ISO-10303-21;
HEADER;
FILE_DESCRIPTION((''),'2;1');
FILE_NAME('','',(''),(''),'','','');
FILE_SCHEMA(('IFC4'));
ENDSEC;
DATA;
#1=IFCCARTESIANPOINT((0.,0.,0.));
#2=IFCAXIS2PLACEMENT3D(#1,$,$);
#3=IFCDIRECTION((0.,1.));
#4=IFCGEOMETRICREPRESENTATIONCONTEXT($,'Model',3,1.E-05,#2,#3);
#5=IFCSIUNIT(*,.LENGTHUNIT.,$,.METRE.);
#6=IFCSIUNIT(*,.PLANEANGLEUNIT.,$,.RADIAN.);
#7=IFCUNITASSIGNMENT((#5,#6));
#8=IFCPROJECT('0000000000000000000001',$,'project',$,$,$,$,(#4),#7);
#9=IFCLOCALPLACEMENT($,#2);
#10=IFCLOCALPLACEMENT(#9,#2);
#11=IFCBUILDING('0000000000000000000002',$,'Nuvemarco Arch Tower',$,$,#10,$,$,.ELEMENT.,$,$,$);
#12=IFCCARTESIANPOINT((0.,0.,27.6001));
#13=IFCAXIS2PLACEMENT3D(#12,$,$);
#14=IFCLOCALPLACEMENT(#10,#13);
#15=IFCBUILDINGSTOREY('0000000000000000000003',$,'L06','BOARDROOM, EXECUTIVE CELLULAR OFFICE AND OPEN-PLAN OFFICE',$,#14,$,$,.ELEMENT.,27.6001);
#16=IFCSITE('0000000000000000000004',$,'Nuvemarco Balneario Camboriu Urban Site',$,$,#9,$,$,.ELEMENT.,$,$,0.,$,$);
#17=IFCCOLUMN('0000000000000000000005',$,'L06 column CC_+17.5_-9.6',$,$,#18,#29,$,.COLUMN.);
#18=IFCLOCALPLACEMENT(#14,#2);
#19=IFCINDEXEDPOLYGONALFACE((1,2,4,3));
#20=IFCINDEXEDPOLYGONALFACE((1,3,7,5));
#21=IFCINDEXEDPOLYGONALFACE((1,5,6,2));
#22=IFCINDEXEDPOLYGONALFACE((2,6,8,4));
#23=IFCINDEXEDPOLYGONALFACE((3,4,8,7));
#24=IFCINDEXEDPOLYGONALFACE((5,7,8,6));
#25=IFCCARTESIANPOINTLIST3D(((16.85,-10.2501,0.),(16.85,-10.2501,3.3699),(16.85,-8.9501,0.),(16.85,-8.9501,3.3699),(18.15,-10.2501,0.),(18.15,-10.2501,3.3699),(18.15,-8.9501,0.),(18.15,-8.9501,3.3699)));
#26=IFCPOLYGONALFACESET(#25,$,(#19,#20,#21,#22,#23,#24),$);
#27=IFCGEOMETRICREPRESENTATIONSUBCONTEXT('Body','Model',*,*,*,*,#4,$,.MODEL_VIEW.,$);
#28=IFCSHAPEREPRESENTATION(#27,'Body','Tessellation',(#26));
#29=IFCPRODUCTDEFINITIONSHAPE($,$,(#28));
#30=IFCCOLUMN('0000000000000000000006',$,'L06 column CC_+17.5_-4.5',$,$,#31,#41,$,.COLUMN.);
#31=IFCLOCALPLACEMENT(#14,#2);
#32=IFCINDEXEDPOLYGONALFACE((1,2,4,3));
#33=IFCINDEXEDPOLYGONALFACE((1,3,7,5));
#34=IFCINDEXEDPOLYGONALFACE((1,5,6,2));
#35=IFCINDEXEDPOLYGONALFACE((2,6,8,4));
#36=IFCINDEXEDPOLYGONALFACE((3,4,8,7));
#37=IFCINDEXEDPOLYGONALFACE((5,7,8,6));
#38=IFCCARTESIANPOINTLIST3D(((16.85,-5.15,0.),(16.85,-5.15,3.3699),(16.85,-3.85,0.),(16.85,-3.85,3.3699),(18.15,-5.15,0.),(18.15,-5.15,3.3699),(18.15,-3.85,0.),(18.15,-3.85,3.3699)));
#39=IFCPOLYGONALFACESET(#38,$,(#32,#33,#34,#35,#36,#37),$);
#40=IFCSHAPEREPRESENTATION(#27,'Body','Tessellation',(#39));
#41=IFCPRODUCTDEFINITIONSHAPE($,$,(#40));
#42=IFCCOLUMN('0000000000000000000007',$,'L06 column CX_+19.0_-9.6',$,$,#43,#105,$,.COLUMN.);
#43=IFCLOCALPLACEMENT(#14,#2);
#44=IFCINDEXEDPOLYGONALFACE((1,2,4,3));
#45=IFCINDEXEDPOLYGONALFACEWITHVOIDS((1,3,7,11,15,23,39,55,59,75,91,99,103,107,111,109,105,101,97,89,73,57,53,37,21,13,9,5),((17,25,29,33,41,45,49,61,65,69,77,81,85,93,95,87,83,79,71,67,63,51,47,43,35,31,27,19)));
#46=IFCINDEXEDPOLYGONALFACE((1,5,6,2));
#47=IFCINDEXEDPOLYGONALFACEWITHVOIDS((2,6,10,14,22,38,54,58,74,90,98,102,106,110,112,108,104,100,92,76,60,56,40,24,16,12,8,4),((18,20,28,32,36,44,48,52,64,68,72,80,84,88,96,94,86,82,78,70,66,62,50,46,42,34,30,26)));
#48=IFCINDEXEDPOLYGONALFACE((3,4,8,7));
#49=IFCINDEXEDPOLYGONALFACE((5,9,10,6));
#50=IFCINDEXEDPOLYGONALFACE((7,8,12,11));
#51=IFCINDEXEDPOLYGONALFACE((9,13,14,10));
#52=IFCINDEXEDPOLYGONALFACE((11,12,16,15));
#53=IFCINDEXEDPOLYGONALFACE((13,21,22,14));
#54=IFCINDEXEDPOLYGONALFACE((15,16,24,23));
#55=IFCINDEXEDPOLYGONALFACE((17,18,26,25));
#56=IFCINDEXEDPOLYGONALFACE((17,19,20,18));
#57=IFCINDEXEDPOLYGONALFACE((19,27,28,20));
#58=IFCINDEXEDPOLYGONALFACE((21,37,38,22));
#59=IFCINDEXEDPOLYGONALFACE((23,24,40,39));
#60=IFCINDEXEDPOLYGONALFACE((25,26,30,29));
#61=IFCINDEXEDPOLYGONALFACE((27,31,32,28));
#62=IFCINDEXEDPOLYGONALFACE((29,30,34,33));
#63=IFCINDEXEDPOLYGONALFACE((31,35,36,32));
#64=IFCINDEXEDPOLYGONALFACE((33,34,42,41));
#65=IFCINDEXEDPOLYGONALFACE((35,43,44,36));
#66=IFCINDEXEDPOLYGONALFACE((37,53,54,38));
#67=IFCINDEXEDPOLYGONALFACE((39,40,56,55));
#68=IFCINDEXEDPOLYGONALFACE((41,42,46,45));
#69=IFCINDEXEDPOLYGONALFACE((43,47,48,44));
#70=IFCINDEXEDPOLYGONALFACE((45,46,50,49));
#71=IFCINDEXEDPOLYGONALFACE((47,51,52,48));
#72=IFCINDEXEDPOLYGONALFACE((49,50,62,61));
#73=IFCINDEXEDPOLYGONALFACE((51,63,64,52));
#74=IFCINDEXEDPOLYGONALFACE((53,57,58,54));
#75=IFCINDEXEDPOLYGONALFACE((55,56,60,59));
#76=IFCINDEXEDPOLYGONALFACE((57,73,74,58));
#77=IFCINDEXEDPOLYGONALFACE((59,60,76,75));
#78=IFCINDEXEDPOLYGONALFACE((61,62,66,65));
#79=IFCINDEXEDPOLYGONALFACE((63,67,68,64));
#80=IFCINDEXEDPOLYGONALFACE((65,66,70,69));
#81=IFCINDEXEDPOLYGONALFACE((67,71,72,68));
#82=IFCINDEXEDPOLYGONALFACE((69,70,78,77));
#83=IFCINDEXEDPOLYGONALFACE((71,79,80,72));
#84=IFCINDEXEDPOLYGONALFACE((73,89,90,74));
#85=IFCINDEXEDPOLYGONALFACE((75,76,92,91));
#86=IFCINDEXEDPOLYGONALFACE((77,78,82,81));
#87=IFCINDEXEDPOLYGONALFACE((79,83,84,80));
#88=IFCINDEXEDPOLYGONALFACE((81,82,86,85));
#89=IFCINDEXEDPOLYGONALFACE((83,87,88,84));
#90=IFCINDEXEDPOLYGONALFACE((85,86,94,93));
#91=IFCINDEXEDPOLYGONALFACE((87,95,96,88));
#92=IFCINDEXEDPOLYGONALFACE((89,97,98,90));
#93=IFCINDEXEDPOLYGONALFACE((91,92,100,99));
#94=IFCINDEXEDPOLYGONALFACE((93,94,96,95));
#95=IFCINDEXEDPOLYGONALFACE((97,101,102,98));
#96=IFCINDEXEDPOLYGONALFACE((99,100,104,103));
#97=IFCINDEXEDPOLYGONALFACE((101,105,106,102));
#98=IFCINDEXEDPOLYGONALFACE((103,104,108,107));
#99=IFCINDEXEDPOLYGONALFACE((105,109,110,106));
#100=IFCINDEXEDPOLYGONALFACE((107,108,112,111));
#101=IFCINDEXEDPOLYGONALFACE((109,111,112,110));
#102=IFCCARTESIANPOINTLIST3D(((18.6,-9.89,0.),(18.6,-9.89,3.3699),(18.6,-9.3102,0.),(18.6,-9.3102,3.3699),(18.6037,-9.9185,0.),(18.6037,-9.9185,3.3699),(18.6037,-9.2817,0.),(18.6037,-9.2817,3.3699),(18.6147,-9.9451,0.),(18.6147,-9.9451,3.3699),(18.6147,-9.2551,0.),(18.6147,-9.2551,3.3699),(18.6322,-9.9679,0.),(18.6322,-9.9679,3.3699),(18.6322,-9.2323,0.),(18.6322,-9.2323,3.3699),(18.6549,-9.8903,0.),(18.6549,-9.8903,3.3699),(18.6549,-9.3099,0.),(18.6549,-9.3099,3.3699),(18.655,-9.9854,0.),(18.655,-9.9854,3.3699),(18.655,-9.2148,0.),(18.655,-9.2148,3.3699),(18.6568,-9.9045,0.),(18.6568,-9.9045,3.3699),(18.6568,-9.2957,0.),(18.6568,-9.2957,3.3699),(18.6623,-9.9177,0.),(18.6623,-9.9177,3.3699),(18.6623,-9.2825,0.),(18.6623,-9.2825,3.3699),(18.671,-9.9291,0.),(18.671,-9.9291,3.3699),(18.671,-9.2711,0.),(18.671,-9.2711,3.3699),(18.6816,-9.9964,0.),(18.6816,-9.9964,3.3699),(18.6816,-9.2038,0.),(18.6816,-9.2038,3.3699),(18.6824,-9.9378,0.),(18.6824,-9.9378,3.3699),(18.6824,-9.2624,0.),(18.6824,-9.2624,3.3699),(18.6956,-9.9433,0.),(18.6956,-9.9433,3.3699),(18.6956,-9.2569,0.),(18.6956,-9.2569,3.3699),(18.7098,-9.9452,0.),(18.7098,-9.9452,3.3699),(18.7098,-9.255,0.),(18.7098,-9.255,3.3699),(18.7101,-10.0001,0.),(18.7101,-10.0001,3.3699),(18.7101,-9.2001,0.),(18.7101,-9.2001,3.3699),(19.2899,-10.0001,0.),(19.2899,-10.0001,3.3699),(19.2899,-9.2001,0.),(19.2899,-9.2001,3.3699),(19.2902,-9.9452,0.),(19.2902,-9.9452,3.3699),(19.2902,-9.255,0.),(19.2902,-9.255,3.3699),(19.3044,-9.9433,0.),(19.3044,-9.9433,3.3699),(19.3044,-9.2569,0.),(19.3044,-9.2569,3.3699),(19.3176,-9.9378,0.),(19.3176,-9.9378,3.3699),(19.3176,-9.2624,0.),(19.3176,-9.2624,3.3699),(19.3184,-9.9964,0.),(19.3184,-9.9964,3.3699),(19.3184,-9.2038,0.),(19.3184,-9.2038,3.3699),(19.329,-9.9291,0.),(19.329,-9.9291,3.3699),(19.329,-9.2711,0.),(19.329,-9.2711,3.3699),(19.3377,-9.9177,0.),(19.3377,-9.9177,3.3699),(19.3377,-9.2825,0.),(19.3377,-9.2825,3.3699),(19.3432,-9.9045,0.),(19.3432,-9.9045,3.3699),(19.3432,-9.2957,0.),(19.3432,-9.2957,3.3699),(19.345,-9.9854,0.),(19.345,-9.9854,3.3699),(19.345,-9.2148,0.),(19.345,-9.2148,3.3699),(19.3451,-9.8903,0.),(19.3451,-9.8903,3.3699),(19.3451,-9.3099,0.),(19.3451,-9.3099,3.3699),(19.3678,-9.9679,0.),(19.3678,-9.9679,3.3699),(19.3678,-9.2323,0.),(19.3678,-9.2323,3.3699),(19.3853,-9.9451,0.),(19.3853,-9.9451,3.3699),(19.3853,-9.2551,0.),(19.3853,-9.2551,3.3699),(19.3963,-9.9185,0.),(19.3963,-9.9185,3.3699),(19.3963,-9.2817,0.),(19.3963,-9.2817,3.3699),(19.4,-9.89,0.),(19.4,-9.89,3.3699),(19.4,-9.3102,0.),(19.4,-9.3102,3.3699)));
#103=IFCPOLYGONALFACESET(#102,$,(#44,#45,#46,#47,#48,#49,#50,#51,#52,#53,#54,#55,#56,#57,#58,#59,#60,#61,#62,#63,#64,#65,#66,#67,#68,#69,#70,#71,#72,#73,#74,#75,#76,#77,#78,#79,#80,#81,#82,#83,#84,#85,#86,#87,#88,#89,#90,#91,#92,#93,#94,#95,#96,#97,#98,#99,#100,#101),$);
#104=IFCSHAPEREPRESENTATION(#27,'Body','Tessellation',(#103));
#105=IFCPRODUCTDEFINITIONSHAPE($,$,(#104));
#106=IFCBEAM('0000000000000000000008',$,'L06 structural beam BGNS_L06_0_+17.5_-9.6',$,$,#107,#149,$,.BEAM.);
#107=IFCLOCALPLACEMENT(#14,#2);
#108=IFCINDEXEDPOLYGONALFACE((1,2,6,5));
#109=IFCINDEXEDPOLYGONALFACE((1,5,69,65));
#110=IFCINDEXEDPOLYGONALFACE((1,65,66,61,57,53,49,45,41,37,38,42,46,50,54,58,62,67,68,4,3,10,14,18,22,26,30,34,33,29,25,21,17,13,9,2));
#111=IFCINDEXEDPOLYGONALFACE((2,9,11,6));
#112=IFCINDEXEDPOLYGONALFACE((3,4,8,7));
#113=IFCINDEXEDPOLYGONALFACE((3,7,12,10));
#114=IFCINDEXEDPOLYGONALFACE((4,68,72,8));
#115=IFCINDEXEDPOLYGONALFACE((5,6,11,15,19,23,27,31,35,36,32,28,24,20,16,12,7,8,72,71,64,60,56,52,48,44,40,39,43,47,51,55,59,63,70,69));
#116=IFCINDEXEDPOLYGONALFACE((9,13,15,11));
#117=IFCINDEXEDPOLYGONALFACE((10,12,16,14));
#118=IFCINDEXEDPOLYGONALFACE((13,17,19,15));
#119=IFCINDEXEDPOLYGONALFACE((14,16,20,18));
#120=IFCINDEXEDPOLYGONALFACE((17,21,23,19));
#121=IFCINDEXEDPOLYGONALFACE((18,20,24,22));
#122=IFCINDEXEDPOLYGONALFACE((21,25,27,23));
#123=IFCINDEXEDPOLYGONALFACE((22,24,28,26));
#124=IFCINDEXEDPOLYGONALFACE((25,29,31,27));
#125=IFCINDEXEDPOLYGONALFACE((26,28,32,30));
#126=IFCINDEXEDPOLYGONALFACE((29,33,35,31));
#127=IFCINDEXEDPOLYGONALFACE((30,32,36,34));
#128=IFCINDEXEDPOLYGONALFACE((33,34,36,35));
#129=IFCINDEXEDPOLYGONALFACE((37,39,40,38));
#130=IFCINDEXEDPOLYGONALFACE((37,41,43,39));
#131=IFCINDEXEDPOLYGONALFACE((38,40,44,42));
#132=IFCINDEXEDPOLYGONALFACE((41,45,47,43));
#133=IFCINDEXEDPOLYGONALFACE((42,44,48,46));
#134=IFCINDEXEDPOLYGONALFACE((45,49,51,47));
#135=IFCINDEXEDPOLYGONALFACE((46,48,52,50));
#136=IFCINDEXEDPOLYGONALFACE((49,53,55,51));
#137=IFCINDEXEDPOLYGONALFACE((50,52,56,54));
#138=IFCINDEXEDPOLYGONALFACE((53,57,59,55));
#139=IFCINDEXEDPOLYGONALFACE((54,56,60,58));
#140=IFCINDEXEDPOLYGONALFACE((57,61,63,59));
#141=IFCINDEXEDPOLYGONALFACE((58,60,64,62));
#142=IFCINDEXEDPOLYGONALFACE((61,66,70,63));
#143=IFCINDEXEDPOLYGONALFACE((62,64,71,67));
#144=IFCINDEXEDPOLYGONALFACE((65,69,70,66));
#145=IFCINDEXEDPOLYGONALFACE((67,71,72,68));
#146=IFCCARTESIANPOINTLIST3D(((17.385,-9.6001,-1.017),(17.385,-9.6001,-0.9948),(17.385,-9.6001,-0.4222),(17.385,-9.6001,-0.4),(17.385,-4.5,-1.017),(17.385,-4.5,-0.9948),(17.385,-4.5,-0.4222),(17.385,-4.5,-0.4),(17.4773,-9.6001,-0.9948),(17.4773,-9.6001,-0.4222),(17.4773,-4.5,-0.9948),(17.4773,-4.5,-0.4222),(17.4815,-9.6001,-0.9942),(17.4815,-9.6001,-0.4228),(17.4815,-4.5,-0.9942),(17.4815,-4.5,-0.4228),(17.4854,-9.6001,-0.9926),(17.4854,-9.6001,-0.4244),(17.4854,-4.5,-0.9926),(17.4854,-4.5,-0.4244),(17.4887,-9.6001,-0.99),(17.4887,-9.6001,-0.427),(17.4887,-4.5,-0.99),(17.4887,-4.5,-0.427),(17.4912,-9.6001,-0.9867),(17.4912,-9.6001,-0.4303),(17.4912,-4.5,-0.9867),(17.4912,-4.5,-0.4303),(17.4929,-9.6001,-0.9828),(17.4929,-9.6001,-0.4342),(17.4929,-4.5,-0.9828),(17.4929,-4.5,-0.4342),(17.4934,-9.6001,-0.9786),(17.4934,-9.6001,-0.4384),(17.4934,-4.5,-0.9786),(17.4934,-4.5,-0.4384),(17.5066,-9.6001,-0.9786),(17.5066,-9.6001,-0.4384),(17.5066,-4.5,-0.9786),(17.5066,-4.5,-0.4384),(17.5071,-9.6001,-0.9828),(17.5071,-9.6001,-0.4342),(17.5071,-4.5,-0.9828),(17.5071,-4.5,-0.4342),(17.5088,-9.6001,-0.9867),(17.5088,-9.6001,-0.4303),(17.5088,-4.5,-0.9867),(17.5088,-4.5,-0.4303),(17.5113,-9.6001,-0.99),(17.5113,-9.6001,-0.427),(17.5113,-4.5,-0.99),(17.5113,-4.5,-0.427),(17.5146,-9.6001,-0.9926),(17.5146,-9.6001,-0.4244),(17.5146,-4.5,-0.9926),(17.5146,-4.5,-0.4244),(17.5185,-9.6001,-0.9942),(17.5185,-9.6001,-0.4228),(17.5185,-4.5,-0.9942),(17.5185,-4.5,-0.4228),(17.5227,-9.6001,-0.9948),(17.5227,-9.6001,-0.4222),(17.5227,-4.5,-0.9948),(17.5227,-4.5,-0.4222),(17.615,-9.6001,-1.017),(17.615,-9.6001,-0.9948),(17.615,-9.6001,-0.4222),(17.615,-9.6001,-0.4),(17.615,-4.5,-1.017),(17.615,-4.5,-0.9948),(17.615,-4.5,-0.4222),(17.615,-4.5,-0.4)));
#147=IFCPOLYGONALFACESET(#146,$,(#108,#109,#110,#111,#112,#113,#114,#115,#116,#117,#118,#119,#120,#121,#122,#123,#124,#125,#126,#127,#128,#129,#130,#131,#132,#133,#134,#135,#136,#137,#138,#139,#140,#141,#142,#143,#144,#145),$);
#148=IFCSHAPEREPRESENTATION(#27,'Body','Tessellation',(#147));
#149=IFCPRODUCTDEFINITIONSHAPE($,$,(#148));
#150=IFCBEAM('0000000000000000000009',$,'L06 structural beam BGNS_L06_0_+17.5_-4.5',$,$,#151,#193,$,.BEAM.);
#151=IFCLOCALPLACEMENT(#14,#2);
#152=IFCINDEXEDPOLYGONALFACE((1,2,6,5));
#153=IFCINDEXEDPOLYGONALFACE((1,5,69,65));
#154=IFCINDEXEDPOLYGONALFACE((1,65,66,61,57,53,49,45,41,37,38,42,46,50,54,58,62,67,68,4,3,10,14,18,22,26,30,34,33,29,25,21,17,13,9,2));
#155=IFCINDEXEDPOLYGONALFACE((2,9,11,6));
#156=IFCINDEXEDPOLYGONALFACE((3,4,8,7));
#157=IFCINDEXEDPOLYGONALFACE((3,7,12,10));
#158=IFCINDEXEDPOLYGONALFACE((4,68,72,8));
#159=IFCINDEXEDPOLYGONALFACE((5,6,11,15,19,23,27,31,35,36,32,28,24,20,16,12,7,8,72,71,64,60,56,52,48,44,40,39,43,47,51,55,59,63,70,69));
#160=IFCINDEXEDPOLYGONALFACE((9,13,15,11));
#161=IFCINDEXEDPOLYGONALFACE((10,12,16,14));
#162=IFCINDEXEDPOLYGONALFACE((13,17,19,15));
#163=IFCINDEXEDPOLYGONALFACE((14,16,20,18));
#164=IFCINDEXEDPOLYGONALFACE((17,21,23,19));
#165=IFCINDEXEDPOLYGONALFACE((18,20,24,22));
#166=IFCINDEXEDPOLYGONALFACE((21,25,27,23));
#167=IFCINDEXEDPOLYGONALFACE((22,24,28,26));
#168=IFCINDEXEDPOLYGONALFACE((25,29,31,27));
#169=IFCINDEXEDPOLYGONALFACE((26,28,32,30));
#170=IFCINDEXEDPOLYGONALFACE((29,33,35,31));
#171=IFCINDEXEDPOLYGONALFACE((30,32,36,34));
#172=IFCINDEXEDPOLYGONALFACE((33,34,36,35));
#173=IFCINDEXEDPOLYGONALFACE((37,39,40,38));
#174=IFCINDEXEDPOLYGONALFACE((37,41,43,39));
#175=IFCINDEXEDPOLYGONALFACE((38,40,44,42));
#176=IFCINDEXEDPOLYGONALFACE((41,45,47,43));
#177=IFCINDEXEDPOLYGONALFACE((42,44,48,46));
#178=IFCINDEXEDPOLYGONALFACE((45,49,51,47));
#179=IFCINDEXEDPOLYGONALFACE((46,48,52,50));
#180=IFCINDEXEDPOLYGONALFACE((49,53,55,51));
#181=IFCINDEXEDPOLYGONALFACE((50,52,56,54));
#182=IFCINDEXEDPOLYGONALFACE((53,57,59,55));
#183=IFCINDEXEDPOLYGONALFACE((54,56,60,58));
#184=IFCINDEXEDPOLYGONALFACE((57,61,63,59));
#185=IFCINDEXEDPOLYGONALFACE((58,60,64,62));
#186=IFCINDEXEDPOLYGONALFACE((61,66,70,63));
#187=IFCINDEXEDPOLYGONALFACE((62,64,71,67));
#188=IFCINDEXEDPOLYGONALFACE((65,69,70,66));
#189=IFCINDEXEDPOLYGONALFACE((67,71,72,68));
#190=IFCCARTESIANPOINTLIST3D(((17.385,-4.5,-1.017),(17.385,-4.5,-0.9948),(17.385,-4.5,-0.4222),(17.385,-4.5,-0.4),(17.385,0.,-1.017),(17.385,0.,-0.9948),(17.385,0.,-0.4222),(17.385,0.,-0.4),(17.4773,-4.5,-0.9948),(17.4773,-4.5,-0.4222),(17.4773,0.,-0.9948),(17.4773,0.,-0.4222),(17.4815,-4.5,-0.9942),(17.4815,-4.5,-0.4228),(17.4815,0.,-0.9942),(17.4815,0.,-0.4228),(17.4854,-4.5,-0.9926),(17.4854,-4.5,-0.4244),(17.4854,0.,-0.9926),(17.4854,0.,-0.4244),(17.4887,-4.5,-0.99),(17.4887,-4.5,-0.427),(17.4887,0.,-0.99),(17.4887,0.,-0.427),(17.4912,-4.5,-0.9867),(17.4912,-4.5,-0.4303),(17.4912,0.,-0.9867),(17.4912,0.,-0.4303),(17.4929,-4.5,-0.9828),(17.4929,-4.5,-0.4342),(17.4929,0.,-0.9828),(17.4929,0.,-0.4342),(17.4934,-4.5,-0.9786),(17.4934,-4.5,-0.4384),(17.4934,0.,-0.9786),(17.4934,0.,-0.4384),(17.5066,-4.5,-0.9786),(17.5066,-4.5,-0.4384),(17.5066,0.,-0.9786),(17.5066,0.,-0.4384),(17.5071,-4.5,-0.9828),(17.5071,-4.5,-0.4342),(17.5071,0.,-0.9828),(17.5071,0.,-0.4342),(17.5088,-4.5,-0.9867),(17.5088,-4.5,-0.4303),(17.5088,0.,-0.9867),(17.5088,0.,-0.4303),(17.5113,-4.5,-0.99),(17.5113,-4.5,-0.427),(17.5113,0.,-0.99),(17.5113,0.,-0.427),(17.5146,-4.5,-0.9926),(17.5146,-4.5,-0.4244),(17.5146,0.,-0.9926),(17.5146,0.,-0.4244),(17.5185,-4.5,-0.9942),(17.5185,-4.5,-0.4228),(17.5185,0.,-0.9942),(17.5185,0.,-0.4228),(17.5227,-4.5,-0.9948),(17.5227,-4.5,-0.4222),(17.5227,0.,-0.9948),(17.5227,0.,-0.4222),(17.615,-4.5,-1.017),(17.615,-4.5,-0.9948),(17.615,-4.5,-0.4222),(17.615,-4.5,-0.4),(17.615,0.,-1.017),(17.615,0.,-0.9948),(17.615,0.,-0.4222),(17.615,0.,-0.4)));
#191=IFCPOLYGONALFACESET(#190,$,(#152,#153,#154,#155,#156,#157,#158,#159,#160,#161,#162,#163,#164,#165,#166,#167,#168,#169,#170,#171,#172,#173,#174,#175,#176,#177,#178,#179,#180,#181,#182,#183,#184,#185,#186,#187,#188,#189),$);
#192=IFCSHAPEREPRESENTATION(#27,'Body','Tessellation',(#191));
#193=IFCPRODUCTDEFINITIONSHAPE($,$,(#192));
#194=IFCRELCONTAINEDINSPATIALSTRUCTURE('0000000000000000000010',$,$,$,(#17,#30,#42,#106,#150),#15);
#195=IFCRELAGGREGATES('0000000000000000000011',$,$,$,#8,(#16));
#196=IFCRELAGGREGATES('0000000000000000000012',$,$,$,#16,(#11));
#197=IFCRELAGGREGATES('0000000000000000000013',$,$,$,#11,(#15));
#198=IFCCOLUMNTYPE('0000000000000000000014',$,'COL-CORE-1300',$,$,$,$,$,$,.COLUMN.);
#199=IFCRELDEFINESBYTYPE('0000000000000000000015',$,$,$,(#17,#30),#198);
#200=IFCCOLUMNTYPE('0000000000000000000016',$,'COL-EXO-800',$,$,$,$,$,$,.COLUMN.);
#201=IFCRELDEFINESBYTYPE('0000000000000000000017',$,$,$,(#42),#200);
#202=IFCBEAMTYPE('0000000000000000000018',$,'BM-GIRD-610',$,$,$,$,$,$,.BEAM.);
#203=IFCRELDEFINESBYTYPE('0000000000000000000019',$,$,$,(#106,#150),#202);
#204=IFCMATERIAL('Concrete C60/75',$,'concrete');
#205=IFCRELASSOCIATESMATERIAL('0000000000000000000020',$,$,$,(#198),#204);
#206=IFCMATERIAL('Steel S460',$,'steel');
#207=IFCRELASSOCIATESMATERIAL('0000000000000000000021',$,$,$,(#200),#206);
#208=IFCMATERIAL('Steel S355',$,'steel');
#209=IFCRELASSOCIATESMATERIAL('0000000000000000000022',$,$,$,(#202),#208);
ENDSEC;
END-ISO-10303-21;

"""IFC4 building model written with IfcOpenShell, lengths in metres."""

from ifc_helpers import new_model, si_unit, direction, frame, origin, origin_2d, place, context, subcontext, project, spatial, rectangle, hollow_rectangle, i_section, extrude, material, material_profile, profile_set, type_object, element, save


model = new_model("IFC4")

# Units and contexts
model_context = context("Model", 3, precision=1e-05, world=origin(), true_north=direction((0.0, 1.0)))
body_context = subcontext(model_context, "Body", "Model", "MODEL_VIEW")
ifc_project = project(units=[si_unit("LENGTHUNIT", "METRE"), si_unit("PLANEANGLEUNIT", "RADIAN")], contexts=[model_context])

# Site, building, storey
site_placement = place(None, origin())
site = spatial("IfcSite", under=ifc_project, at=site_placement, Name="Nuvemarco Balneario Camboriu Urban Site", CompositionType="ELEMENT", RefElevation=0.0)
building_placement = place(site_placement, origin())
building = spatial("IfcBuilding", under=site, at=building_placement, Name="Nuvemarco Arch Tower", CompositionType="ELEMENT")
storey_placement = place(building_placement, frame((0.0, 0.0, 27.6001)))
storey = spatial("IfcBuildingStorey", under=building, at=storey_placement, Name="L06", Description="BOARDROOM, EXECUTIVE CELLULAR OFFICE AND OPEN-PLAN OFFICE", CompositionType="ELEMENT", Elevation=27.6001)

# Columns
ifc_material_1 = material(Name="Concrete C60/75", Category="concrete")
ifc_material_profile_1 = material_profile(ifc_material_1, rectangle(XDim=1.3, YDim=1.3, at=origin_2d()), Name="RC-COL-1300x1300")
ifc_profile_set_1 = profile_set([ifc_material_profile_1], Name="Concrete C60/75")
column_type_1 = type_object("IfcColumnType", Name="COL-CORE-1300", PredefinedType="COLUMN", material=ifc_profile_set_1)
for number, where, z_axis, x_axis, name in (
    (1, (17.5, -9.6001, 0.0), (0.0, 0.0, 1.0), (1.0, 0.0, 0.0), "L06 column CC_+17.5_-9.6"),
    (2, (17.5, -4.5, 0.0), (0.0, 0.0, 1.0), (1.0, 0.0, 0.0), "L06 column CC_+17.5_-4.5"),
):
    element("IfcColumn", number, at=place(storey_placement, frame(where, z_axis=z_axis, x_axis=x_axis)), inside=storey, type_object=column_type_1, Name=name, PredefinedType="COLUMN", context=body_context, shape_type="SweptSolid", body=[
        extrude(rectangle(XDim=1.3, YDim=1.3, at=origin_2d()), origin(), (0.0, 0.0, 1.0), 3.3699),
    ])
ifc_material_2 = material(Name="Steel S460", Category="steel")
ifc_material_profile_2 = material_profile(ifc_material_2, hollow_rectangle(XDim=0.8, YDim=0.8, WallThickness=0.0549, InnerFilletRadius=0.0549, OuterFilletRadius=0.1101, at=origin_2d()), Name="SHS800x800x55")
ifc_profile_set_2 = profile_set([ifc_material_profile_2], Name="Steel S460")
column_type_2 = type_object("IfcColumnType", Name="COL-EXO-800", PredefinedType="COLUMN", material=ifc_profile_set_2)
column_placement = place(storey_placement, frame((19.0, -9.6001, 0.0), z_axis=(0.0, 0.0, 1.0), x_axis=(1.0, 0.0, 0.0)))
element("IfcColumn", 3, at=column_placement, inside=storey, type_object=column_type_2, Name="L06 column CX_+19.0_-9.6", PredefinedType="COLUMN", context=body_context, shape_type="SweptSolid", body=[
    extrude(hollow_rectangle(XDim=0.8, YDim=0.8, WallThickness=0.0549, InnerFilletRadius=0.0549, OuterFilletRadius=0.1101, at=origin_2d()), origin(), (0.0, 0.0, 1.0), 3.3699),
])

# Beams
ifc_material_3 = material(Name="Steel S355", Category="steel")
ifc_material_profile_3 = material_profile(ifc_material_3, i_section(OverallWidth=0.23, OverallDepth=0.6169, WebThickness=0.0132, FlangeThickness=0.0222, FilletRadius=0.0161, at=origin_2d()), Name="W610x140")
ifc_profile_set_3 = profile_set([ifc_material_profile_3], Name="Steel S355")
beam_type_1 = type_object("IfcBeamType", Name="BM-GIRD-610", PredefinedType="BEAM", material=ifc_profile_set_3)
beam_1_placement = place(storey_placement, frame((17.5, -9.6001, -0.7085), z_axis=(0.0, 1.0, 0.0), x_axis=(-1.0, 0.0, 0.0)))
element("IfcBeam", 4, at=beam_1_placement, inside=storey, type_object=beam_type_1, Name="L06 structural beam BGNS_L06_0_+17.5_-9.6", PredefinedType="BEAM", context=body_context, shape_type="SweptSolid", body=[
    extrude(i_section(OverallWidth=0.23, OverallDepth=0.6169, WebThickness=0.0132, FlangeThickness=0.0222, FilletRadius=0.0161, at=origin_2d()), origin(), (0.0, 0.0, 1.0), 5.1001),
])
beam_2_placement = place(storey_placement, frame((17.5, -4.5, -0.7085), z_axis=(0.0, 1.0, 0.0), x_axis=(-1.0, 0.0, 0.0)))
element("IfcBeam", 5, at=beam_2_placement, inside=storey, type_object=beam_type_1, Name="L06 structural beam BGNS_L06_0_+17.5_-4.5", PredefinedType="BEAM", context=body_context, shape_type="SweptSolid", body=[
    extrude(i_section(OverallWidth=0.23, OverallDepth=0.6169, WebThickness=0.0132, FlangeThickness=0.0222, FilletRadius=0.0161, at=origin_2d()), origin(), (0.0, 0.0, 1.0), 4.5),
])

save(model, "model.ifc")
